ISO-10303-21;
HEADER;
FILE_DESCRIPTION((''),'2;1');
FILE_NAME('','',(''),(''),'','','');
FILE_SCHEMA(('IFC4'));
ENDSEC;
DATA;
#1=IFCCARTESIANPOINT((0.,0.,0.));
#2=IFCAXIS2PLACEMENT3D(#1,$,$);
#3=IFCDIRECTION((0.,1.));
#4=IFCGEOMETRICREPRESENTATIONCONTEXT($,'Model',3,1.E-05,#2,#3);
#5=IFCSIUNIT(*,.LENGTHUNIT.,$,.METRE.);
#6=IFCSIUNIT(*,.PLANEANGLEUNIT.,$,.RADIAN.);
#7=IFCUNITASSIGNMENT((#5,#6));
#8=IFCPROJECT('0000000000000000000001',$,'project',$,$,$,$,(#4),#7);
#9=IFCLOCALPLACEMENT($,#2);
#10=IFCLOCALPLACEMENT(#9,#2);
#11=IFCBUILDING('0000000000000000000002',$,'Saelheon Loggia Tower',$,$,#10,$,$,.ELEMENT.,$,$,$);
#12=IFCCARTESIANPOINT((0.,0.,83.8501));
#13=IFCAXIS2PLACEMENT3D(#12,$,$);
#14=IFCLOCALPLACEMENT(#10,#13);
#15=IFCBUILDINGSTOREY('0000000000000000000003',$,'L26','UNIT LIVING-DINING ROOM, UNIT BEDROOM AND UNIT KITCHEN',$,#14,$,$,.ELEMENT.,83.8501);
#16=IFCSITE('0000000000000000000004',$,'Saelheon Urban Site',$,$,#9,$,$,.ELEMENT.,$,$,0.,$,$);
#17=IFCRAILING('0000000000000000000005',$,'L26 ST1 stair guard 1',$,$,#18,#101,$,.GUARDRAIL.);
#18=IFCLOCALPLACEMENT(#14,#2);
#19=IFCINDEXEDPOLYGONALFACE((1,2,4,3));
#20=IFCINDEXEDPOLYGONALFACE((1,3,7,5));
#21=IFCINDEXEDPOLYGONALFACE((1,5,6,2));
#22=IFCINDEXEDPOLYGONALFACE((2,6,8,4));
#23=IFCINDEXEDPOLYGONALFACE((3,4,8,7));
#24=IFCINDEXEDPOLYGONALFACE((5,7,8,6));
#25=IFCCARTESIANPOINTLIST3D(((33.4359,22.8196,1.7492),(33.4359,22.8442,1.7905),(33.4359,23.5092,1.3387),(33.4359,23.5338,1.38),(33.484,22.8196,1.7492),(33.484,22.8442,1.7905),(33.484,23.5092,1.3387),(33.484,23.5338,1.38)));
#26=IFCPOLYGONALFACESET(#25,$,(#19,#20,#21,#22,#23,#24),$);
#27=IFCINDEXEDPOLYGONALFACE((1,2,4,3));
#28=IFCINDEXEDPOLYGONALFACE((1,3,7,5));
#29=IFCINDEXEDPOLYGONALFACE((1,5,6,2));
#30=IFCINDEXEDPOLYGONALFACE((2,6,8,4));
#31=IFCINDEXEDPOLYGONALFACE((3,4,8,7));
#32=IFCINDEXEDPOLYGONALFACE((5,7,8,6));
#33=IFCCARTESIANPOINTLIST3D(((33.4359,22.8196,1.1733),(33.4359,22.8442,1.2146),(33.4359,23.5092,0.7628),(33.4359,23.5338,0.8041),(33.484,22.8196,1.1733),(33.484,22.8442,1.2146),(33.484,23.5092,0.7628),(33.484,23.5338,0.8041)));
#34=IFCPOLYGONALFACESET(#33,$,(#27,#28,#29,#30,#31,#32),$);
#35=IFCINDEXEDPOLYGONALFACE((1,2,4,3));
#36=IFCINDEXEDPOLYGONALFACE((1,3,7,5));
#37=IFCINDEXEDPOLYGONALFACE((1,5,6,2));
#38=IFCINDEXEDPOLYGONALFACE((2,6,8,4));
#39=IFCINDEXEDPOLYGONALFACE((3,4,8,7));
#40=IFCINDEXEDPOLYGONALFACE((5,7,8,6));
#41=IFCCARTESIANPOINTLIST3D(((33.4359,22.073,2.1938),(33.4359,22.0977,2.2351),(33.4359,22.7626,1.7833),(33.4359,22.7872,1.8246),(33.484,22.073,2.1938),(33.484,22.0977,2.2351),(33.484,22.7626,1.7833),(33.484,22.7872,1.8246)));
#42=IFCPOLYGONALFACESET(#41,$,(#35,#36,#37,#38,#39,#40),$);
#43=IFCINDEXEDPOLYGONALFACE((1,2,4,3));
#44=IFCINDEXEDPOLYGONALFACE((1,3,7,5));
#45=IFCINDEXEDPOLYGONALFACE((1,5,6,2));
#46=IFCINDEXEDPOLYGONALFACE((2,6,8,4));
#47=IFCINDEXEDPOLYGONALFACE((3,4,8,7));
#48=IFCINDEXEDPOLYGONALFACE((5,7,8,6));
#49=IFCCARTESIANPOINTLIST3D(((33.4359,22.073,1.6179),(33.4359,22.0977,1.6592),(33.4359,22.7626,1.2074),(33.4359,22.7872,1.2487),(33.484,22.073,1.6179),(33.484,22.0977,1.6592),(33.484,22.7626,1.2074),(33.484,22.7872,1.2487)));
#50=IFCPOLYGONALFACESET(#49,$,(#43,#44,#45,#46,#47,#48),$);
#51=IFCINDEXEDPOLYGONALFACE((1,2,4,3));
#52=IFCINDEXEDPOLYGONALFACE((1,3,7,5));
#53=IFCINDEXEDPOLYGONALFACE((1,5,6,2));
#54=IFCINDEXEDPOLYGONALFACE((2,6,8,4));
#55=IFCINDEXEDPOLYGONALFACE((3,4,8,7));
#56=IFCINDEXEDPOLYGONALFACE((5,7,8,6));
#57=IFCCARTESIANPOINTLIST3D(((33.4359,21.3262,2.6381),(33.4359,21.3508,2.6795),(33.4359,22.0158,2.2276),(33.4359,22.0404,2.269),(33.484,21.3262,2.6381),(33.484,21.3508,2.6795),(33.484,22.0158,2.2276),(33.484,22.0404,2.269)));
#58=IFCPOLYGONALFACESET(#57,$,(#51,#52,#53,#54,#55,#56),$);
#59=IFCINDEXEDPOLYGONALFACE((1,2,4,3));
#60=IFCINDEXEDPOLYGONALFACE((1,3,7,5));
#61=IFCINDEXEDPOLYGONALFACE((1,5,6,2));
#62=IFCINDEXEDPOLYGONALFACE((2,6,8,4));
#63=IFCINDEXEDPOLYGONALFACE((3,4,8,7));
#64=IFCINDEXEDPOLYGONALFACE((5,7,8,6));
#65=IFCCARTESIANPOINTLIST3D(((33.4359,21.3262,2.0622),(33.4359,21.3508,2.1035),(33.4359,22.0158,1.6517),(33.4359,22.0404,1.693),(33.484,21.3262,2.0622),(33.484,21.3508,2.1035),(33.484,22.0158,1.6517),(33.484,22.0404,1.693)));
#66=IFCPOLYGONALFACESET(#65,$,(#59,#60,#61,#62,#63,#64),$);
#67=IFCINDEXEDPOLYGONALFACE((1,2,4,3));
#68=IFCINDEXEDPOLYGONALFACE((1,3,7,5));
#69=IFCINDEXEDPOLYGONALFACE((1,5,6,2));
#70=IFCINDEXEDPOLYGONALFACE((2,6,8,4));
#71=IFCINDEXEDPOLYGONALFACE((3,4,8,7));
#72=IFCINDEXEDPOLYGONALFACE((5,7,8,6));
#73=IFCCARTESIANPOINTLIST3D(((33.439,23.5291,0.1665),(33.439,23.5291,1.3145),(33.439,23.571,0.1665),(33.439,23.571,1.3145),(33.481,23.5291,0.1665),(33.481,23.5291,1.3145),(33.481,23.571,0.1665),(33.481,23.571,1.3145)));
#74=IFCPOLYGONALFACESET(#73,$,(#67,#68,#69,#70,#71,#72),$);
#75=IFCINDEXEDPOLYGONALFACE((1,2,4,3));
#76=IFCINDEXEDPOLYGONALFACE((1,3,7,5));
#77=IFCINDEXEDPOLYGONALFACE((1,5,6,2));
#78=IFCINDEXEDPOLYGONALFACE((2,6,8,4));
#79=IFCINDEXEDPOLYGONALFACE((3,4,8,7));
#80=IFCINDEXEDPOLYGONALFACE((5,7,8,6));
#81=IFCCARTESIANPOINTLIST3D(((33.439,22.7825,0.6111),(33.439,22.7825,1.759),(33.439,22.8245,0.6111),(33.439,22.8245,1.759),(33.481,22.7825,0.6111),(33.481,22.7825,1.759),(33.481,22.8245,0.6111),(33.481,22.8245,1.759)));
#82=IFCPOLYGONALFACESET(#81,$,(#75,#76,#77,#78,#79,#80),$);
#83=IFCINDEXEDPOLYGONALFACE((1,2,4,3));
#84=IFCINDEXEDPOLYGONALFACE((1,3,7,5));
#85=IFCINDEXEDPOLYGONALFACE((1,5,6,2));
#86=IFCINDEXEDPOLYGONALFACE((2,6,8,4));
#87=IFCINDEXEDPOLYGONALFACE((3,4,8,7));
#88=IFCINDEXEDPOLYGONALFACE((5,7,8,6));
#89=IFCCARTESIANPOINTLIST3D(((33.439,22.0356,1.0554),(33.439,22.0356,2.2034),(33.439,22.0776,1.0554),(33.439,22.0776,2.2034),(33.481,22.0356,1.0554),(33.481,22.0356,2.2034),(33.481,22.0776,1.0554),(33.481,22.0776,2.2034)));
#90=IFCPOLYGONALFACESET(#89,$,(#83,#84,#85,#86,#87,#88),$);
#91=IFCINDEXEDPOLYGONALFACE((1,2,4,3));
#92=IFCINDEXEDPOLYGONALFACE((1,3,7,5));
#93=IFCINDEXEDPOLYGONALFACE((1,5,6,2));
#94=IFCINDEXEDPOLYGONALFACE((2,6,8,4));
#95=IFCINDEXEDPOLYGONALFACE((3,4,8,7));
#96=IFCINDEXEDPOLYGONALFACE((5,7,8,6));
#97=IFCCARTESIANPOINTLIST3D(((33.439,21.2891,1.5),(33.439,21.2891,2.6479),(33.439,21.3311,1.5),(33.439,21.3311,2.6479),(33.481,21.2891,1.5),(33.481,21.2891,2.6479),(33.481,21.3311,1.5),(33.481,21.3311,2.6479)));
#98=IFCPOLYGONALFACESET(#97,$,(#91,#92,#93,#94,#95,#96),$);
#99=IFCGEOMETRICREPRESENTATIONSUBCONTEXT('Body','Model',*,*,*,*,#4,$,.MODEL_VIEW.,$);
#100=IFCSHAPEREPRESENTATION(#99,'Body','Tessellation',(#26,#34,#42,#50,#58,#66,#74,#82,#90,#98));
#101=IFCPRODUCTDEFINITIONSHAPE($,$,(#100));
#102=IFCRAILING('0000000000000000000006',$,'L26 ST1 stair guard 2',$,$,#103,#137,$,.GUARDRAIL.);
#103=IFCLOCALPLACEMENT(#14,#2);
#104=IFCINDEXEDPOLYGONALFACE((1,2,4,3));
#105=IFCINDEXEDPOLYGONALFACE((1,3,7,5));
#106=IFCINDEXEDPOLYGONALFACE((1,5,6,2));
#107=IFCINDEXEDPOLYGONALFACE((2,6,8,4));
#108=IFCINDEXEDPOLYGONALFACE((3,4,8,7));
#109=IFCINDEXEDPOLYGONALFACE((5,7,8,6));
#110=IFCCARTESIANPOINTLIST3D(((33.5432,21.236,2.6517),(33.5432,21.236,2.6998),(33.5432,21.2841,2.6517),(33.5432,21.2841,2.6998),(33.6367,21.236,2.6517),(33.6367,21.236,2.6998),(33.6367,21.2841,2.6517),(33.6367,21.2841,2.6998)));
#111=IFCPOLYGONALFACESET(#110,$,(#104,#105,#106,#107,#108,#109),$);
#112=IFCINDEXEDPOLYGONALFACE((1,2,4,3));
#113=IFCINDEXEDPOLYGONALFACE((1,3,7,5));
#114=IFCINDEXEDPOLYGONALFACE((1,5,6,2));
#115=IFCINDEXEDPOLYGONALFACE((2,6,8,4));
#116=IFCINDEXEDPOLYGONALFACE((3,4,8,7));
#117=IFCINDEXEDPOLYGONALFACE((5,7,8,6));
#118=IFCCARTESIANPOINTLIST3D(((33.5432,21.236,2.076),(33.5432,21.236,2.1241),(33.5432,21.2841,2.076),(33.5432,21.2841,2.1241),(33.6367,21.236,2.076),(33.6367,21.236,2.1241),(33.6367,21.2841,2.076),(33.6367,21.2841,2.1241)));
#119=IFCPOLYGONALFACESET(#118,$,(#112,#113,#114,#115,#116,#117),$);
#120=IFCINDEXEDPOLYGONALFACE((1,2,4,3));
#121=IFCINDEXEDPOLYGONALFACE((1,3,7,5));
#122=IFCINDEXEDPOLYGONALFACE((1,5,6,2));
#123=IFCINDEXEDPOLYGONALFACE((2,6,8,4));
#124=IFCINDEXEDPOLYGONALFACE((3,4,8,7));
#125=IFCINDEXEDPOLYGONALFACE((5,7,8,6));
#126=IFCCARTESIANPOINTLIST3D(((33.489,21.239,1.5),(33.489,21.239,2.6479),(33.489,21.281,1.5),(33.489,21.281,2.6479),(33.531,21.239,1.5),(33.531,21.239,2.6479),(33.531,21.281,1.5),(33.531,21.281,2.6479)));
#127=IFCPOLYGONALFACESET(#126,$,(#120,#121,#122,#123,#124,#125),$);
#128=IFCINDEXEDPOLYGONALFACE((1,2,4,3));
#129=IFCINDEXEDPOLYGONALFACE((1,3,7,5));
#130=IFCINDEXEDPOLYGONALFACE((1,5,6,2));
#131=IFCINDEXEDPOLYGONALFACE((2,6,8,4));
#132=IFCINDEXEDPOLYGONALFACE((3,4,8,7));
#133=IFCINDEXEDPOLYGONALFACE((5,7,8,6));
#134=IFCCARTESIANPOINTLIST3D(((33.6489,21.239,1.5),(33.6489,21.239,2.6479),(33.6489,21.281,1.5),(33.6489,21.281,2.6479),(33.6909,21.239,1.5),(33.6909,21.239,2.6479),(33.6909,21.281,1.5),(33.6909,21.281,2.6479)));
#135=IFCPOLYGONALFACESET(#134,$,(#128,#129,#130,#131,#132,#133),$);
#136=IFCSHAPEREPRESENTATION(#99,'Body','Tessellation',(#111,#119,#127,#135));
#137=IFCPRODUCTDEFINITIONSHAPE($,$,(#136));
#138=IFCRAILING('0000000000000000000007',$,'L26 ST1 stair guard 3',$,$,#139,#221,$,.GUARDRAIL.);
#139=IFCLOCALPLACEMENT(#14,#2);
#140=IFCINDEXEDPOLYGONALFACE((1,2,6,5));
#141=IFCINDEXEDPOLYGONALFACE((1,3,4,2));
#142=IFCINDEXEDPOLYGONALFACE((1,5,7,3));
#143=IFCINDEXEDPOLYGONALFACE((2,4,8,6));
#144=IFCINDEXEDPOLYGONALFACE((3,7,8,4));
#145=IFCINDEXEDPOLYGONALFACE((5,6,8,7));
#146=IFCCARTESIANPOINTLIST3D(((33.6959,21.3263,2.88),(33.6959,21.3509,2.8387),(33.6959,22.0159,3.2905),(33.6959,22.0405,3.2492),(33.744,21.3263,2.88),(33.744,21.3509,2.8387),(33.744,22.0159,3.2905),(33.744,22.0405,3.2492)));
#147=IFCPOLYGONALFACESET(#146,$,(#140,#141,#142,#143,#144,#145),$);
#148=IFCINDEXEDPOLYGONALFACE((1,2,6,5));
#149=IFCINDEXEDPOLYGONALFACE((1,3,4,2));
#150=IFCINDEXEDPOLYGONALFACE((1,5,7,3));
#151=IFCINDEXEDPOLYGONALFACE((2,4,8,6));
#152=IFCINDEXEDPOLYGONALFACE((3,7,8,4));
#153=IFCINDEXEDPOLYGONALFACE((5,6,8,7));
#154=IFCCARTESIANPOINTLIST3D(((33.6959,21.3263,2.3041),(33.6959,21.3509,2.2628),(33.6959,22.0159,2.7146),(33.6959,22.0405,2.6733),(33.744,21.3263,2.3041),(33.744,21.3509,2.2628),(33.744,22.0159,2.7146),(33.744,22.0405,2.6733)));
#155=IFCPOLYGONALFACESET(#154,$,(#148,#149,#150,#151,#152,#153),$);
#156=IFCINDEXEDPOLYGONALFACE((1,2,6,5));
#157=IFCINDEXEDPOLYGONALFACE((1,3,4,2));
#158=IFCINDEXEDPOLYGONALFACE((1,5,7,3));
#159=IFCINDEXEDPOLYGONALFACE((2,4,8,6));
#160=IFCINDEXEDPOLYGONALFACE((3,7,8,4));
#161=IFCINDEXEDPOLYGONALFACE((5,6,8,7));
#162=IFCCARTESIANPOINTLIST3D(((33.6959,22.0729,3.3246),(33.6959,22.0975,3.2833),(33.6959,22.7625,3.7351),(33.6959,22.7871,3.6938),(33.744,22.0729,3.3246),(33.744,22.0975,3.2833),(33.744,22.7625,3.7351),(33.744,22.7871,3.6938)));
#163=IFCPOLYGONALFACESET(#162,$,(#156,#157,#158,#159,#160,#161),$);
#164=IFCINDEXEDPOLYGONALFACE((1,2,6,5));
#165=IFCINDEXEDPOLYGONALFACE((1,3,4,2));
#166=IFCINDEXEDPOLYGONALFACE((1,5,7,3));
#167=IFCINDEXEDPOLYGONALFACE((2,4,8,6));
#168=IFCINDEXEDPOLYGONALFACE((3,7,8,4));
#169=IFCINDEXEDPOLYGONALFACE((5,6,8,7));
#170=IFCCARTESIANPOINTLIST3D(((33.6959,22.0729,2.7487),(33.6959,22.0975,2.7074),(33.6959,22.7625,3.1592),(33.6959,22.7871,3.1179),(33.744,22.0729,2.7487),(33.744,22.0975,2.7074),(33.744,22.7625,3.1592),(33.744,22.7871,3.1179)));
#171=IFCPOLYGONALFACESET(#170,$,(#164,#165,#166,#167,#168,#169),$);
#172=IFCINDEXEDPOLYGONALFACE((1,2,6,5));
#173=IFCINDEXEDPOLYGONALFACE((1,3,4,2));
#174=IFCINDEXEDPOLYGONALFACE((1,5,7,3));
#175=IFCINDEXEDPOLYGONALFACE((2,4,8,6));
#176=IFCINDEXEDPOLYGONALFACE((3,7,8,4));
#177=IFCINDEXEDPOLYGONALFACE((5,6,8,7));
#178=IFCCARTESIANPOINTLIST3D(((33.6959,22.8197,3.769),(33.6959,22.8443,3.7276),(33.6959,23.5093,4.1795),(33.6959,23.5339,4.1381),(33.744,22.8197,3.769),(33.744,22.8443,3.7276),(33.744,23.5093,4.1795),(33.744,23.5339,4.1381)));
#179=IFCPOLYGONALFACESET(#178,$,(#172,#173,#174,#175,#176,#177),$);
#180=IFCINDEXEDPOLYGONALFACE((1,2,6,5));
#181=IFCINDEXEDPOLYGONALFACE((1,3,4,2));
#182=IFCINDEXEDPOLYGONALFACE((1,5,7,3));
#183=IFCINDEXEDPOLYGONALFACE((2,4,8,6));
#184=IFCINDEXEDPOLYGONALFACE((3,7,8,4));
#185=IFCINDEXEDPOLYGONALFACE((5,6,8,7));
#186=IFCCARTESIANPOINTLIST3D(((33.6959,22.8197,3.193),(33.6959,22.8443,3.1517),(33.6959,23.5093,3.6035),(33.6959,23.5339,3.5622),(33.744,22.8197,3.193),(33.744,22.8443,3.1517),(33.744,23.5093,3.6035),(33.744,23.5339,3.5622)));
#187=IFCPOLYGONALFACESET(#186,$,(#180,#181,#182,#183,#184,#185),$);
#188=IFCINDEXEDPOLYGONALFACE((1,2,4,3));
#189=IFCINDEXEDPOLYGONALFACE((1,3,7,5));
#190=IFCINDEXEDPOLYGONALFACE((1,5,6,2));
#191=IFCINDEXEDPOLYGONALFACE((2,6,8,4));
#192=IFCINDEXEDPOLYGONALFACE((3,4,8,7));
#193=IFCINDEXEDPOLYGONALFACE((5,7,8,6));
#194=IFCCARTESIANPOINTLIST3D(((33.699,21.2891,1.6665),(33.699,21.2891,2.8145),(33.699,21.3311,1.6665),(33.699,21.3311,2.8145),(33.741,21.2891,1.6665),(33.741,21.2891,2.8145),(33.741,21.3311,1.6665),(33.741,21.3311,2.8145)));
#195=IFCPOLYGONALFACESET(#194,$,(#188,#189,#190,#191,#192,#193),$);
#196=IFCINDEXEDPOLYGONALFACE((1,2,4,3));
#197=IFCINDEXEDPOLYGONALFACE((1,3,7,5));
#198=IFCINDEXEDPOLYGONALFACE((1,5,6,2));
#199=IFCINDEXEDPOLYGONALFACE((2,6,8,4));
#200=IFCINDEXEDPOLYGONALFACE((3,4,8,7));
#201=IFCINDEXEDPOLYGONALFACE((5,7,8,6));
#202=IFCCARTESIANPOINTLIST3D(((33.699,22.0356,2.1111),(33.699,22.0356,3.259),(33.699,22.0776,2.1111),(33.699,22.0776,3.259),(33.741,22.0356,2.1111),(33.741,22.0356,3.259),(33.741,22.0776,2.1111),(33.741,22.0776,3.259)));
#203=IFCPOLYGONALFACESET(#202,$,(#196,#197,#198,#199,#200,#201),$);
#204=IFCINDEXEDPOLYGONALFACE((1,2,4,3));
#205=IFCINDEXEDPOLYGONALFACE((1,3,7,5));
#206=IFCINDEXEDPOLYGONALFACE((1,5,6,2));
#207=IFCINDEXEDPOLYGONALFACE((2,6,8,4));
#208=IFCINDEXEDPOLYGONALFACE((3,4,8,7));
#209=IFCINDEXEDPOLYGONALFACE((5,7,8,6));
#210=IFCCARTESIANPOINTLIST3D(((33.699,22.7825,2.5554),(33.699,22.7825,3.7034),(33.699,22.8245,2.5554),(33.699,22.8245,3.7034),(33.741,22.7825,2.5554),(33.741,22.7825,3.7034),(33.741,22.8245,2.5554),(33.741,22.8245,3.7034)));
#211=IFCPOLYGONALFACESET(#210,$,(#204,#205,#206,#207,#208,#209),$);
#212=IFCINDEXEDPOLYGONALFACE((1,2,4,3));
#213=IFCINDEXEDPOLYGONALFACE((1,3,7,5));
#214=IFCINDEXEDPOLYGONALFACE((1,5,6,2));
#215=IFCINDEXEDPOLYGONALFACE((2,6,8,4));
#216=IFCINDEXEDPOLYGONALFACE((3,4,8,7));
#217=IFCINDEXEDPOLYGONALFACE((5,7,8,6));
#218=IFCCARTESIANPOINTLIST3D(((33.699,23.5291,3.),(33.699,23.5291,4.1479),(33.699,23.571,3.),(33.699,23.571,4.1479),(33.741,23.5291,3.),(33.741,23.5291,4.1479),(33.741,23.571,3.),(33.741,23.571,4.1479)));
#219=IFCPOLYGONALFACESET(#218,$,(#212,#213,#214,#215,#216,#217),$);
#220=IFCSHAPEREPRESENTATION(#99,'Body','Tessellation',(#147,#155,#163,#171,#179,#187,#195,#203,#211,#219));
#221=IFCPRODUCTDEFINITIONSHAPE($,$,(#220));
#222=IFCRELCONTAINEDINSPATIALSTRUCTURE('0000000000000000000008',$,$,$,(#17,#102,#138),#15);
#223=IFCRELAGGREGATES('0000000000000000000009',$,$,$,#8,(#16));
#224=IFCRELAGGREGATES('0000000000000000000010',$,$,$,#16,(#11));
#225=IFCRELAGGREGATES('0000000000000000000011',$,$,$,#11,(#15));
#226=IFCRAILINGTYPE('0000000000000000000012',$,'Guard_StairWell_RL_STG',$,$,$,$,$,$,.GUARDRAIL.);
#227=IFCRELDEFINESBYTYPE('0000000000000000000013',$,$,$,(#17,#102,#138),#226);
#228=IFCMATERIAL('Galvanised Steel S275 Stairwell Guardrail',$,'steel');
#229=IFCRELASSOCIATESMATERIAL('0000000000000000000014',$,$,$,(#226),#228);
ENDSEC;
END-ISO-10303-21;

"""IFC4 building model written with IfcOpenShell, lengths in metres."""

from ifc_helpers import new_model, si_unit, direction, frame, origin, origin_2d, place, context, subcontext, project, spatial, rectangle, extrude, material, type_object, element, save


model = new_model("IFC4")

# Units and contexts
model_context = context("Model", 3, precision=1e-05, world=origin(), true_north=direction((0.0, 1.0)))
body_context = subcontext(model_context, "Body", "Model", "MODEL_VIEW")
ifc_project = project(units=[si_unit("LENGTHUNIT", "METRE"), si_unit("PLANEANGLEUNIT", "RADIAN")], contexts=[model_context])

# Site, building, storey
site_placement = place(None, origin())
site = spatial("IfcSite", under=ifc_project, at=site_placement, Name="Saelheon Urban Site", CompositionType="ELEMENT", RefElevation=0.0)
building_placement = place(site_placement, origin())
building = spatial("IfcBuilding", under=site, at=building_placement, Name="Saelheon Loggia Tower", CompositionType="ELEMENT")
storey_placement = place(building_placement, frame((0.0, 0.0, 83.8501)))
storey = spatial("IfcBuildingStorey", under=building, at=storey_placement, Name="L26", Description="UNIT LIVING-DINING ROOM, UNIT BEDROOM AND UNIT KITCHEN", CompositionType="ELEMENT", Elevation=83.8501)

# Railings
ifc_material_1 = material(Name="Galvanised Steel S275 Stairwell Guardrail", Category="steel")
railing_type_1 = type_object("IfcRailingType", Name="Guard_StairWell_RL_STG", PredefinedType="GUARDRAIL", material=ifc_material_1)
railing_1_placement = place(storey_placement, frame((33.46, 23.55, 0.1665)))
element("IfcRailing", 1, at=railing_1_placement, inside=storey, type_object=railing_type_1, Name="L26 ST1 stair guard 1", PredefinedType="GUARDRAIL", context=body_context, shape_type="SweptSolid", body=[
    extrude(rectangle(XDim=0.0481, YDim=0.0481, at=origin_2d()), frame((0.0, -0.0286, 1.1929), z_axis=(0.0, -0.859264, 0.511532), x_axis=(1.0, 0.0, 0.0)), (0.0, 0.0, 1.0), 0.8025),
    extrude(rectangle(XDim=0.0481, YDim=0.0481, at=origin_2d()), frame((0.0, -0.0286, 0.6169), z_axis=(0.0, -0.859264, 0.511532), x_axis=(1.0, 0.0, 0.0)), (0.0, 0.0, 1.0), 0.8025),
    extrude(rectangle(XDim=0.0481, YDim=0.0481, at=origin_2d()), frame((0.0, -0.7751, 1.6375), z_axis=(0.0, -0.859264, 0.511532), x_axis=(1.0, 0.0, 0.0)), (0.0, 0.0, 1.0), 0.8025),
    extrude(rectangle(XDim=0.0481, YDim=0.0481, at=origin_2d()), frame((0.0, -0.7751, 1.0615), z_axis=(0.0, -0.859264, 0.511532), x_axis=(1.0, 0.0, 0.0)), (0.0, 0.0, 1.0), 0.8025),
    extrude(rectangle(XDim=0.0481, YDim=0.0481, at=origin_2d()), frame((0.0, -1.522, 2.0818), z_axis=(0.0, -0.859264, 0.511532), x_axis=(1.0, 0.0, 0.0)), (0.0, 0.0, 1.0), 0.8025),
    extrude(rectangle(XDim=0.0481, YDim=0.0481, at=origin_2d()), frame((0.0, -1.522, 1.5059), z_axis=(0.0, -0.859264, 0.511532), x_axis=(1.0, 0.0, 0.0)), (0.0, 0.0, 1.0), 0.8025),
    extrude(rectangle(XDim=0.042, YDim=0.042, at=origin_2d()), origin(), (0.0, 0.0, 1.0), 1.1479),
    extrude(rectangle(XDim=0.042, YDim=0.042, at=origin_2d()), frame((0.0, -0.7466, 0.4446)), (0.0, 0.0, 1.0), 1.1479),
    extrude(rectangle(XDim=0.042, YDim=0.042, at=origin_2d()), frame((0.0, -1.4934, 0.8889)), (0.0, 0.0, 1.0), 1.1479),
    extrude(rectangle(XDim=0.042, YDim=0.042, at=origin_2d()), frame((0.0, -2.24, 1.3335)), (0.0, 0.0, 1.0), 1.1479),
])
railing_2_placement = place(storey_placement, frame((33.51, 21.26, 1.5)))
element("IfcRailing", 2, at=railing_2_placement, inside=storey, type_object=railing_type_1, Name="L26 ST1 stair guard 2", PredefinedType="GUARDRAIL", context=body_context, shape_type="SweptSolid", body=[
    extrude(rectangle(XDim=0.0481, YDim=0.0481, at=origin_2d()), frame((0.0332, 0.0, 1.1758), z_axis=(1.0, 0.0, 0.0), x_axis=(0.0, 1.0, 0.0)), (0.0, 0.0, 1.0), 0.0935),
    extrude(rectangle(XDim=0.0481, YDim=0.0481, at=origin_2d()), frame((0.0332, 0.0, 0.6001), z_axis=(1.0, 0.0, 0.0), x_axis=(0.0, 1.0, 0.0)), (0.0, 0.0, 1.0), 0.0935),
    extrude(rectangle(XDim=0.042, YDim=0.042, at=origin_2d()), origin(), (0.0, 0.0, 1.0), 1.1479),
    extrude(rectangle(XDim=0.042, YDim=0.042, at=origin_2d()), frame((0.1599, 0.0, 0.0)), (0.0, 0.0, 1.0), 1.1479),
])
railing_3_placement = place(storey_placement, frame((33.72, 21.3101, 1.6665)))
element("IfcRailing", 3, at=railing_3_placement, inside=storey, type_object=railing_type_1, Name="L26 ST1 stair guard 3", PredefinedType="GUARDRAIL", context=body_context, shape_type="SweptSolid", body=[
    extrude(rectangle(XDim=0.0481, YDim=0.0481, at=origin_2d()), frame((0.0, 0.0286, 1.1929), z_axis=(0.0, 0.859264, 0.511532), x_axis=(-1.0, 0.0, 0.0)), (0.0, 0.0, 1.0), 0.8025),
    extrude(rectangle(XDim=0.0481, YDim=0.0481, at=origin_2d()), frame((0.0, 0.0286, 0.6169), z_axis=(0.0, 0.859264, 0.511532), x_axis=(-1.0, 0.0, 0.0)), (0.0, 0.0, 1.0), 0.8025),
    extrude(rectangle(XDim=0.0481, YDim=0.0481, at=origin_2d()), frame((0.0, 0.7751, 1.6375), z_axis=(0.0, 0.859264, 0.511532), x_axis=(-1.0, 0.0, 0.0)), (0.0, 0.0, 1.0), 0.8025),
    extrude(rectangle(XDim=0.0481, YDim=0.0481, at=origin_2d()), frame((0.0, 0.7751, 1.0615), z_axis=(0.0, 0.859264, 0.511532), x_axis=(-1.0, 0.0, 0.0)), (0.0, 0.0, 1.0), 0.8025),
    extrude(rectangle(XDim=0.0481, YDim=0.0481, at=origin_2d()), frame((0.0, 1.522, 2.0818), z_axis=(0.0, 0.859264, 0.511532), x_axis=(-1.0, 0.0, 0.0)), (0.0, 0.0, 1.0), 0.8025),
    extrude(rectangle(XDim=0.0481, YDim=0.0481, at=origin_2d()), frame((0.0, 1.522, 1.5059), z_axis=(0.0, 0.859264, 0.511532), x_axis=(-1.0, 0.0, 0.0)), (0.0, 0.0, 1.0), 0.8025),
    extrude(rectangle(XDim=0.042, YDim=0.042, at=origin_2d()), origin(), (0.0, 0.0, 1.0), 1.1479),
    extrude(rectangle(XDim=0.042, YDim=0.042, at=origin_2d()), frame((0.0, 0.7466, 0.4446)), (0.0, 0.0, 1.0), 1.1479),
    extrude(rectangle(XDim=0.042, YDim=0.042, at=origin_2d()), frame((0.0, 1.4934, 0.8889)), (0.0, 0.0, 1.0), 1.1479),
    extrude(rectangle(XDim=0.042, YDim=0.042, at=origin_2d()), frame((0.0, 2.24, 1.3335)), (0.0, 0.0, 1.0), 1.1479),
])

save(model, "model.ifc")
